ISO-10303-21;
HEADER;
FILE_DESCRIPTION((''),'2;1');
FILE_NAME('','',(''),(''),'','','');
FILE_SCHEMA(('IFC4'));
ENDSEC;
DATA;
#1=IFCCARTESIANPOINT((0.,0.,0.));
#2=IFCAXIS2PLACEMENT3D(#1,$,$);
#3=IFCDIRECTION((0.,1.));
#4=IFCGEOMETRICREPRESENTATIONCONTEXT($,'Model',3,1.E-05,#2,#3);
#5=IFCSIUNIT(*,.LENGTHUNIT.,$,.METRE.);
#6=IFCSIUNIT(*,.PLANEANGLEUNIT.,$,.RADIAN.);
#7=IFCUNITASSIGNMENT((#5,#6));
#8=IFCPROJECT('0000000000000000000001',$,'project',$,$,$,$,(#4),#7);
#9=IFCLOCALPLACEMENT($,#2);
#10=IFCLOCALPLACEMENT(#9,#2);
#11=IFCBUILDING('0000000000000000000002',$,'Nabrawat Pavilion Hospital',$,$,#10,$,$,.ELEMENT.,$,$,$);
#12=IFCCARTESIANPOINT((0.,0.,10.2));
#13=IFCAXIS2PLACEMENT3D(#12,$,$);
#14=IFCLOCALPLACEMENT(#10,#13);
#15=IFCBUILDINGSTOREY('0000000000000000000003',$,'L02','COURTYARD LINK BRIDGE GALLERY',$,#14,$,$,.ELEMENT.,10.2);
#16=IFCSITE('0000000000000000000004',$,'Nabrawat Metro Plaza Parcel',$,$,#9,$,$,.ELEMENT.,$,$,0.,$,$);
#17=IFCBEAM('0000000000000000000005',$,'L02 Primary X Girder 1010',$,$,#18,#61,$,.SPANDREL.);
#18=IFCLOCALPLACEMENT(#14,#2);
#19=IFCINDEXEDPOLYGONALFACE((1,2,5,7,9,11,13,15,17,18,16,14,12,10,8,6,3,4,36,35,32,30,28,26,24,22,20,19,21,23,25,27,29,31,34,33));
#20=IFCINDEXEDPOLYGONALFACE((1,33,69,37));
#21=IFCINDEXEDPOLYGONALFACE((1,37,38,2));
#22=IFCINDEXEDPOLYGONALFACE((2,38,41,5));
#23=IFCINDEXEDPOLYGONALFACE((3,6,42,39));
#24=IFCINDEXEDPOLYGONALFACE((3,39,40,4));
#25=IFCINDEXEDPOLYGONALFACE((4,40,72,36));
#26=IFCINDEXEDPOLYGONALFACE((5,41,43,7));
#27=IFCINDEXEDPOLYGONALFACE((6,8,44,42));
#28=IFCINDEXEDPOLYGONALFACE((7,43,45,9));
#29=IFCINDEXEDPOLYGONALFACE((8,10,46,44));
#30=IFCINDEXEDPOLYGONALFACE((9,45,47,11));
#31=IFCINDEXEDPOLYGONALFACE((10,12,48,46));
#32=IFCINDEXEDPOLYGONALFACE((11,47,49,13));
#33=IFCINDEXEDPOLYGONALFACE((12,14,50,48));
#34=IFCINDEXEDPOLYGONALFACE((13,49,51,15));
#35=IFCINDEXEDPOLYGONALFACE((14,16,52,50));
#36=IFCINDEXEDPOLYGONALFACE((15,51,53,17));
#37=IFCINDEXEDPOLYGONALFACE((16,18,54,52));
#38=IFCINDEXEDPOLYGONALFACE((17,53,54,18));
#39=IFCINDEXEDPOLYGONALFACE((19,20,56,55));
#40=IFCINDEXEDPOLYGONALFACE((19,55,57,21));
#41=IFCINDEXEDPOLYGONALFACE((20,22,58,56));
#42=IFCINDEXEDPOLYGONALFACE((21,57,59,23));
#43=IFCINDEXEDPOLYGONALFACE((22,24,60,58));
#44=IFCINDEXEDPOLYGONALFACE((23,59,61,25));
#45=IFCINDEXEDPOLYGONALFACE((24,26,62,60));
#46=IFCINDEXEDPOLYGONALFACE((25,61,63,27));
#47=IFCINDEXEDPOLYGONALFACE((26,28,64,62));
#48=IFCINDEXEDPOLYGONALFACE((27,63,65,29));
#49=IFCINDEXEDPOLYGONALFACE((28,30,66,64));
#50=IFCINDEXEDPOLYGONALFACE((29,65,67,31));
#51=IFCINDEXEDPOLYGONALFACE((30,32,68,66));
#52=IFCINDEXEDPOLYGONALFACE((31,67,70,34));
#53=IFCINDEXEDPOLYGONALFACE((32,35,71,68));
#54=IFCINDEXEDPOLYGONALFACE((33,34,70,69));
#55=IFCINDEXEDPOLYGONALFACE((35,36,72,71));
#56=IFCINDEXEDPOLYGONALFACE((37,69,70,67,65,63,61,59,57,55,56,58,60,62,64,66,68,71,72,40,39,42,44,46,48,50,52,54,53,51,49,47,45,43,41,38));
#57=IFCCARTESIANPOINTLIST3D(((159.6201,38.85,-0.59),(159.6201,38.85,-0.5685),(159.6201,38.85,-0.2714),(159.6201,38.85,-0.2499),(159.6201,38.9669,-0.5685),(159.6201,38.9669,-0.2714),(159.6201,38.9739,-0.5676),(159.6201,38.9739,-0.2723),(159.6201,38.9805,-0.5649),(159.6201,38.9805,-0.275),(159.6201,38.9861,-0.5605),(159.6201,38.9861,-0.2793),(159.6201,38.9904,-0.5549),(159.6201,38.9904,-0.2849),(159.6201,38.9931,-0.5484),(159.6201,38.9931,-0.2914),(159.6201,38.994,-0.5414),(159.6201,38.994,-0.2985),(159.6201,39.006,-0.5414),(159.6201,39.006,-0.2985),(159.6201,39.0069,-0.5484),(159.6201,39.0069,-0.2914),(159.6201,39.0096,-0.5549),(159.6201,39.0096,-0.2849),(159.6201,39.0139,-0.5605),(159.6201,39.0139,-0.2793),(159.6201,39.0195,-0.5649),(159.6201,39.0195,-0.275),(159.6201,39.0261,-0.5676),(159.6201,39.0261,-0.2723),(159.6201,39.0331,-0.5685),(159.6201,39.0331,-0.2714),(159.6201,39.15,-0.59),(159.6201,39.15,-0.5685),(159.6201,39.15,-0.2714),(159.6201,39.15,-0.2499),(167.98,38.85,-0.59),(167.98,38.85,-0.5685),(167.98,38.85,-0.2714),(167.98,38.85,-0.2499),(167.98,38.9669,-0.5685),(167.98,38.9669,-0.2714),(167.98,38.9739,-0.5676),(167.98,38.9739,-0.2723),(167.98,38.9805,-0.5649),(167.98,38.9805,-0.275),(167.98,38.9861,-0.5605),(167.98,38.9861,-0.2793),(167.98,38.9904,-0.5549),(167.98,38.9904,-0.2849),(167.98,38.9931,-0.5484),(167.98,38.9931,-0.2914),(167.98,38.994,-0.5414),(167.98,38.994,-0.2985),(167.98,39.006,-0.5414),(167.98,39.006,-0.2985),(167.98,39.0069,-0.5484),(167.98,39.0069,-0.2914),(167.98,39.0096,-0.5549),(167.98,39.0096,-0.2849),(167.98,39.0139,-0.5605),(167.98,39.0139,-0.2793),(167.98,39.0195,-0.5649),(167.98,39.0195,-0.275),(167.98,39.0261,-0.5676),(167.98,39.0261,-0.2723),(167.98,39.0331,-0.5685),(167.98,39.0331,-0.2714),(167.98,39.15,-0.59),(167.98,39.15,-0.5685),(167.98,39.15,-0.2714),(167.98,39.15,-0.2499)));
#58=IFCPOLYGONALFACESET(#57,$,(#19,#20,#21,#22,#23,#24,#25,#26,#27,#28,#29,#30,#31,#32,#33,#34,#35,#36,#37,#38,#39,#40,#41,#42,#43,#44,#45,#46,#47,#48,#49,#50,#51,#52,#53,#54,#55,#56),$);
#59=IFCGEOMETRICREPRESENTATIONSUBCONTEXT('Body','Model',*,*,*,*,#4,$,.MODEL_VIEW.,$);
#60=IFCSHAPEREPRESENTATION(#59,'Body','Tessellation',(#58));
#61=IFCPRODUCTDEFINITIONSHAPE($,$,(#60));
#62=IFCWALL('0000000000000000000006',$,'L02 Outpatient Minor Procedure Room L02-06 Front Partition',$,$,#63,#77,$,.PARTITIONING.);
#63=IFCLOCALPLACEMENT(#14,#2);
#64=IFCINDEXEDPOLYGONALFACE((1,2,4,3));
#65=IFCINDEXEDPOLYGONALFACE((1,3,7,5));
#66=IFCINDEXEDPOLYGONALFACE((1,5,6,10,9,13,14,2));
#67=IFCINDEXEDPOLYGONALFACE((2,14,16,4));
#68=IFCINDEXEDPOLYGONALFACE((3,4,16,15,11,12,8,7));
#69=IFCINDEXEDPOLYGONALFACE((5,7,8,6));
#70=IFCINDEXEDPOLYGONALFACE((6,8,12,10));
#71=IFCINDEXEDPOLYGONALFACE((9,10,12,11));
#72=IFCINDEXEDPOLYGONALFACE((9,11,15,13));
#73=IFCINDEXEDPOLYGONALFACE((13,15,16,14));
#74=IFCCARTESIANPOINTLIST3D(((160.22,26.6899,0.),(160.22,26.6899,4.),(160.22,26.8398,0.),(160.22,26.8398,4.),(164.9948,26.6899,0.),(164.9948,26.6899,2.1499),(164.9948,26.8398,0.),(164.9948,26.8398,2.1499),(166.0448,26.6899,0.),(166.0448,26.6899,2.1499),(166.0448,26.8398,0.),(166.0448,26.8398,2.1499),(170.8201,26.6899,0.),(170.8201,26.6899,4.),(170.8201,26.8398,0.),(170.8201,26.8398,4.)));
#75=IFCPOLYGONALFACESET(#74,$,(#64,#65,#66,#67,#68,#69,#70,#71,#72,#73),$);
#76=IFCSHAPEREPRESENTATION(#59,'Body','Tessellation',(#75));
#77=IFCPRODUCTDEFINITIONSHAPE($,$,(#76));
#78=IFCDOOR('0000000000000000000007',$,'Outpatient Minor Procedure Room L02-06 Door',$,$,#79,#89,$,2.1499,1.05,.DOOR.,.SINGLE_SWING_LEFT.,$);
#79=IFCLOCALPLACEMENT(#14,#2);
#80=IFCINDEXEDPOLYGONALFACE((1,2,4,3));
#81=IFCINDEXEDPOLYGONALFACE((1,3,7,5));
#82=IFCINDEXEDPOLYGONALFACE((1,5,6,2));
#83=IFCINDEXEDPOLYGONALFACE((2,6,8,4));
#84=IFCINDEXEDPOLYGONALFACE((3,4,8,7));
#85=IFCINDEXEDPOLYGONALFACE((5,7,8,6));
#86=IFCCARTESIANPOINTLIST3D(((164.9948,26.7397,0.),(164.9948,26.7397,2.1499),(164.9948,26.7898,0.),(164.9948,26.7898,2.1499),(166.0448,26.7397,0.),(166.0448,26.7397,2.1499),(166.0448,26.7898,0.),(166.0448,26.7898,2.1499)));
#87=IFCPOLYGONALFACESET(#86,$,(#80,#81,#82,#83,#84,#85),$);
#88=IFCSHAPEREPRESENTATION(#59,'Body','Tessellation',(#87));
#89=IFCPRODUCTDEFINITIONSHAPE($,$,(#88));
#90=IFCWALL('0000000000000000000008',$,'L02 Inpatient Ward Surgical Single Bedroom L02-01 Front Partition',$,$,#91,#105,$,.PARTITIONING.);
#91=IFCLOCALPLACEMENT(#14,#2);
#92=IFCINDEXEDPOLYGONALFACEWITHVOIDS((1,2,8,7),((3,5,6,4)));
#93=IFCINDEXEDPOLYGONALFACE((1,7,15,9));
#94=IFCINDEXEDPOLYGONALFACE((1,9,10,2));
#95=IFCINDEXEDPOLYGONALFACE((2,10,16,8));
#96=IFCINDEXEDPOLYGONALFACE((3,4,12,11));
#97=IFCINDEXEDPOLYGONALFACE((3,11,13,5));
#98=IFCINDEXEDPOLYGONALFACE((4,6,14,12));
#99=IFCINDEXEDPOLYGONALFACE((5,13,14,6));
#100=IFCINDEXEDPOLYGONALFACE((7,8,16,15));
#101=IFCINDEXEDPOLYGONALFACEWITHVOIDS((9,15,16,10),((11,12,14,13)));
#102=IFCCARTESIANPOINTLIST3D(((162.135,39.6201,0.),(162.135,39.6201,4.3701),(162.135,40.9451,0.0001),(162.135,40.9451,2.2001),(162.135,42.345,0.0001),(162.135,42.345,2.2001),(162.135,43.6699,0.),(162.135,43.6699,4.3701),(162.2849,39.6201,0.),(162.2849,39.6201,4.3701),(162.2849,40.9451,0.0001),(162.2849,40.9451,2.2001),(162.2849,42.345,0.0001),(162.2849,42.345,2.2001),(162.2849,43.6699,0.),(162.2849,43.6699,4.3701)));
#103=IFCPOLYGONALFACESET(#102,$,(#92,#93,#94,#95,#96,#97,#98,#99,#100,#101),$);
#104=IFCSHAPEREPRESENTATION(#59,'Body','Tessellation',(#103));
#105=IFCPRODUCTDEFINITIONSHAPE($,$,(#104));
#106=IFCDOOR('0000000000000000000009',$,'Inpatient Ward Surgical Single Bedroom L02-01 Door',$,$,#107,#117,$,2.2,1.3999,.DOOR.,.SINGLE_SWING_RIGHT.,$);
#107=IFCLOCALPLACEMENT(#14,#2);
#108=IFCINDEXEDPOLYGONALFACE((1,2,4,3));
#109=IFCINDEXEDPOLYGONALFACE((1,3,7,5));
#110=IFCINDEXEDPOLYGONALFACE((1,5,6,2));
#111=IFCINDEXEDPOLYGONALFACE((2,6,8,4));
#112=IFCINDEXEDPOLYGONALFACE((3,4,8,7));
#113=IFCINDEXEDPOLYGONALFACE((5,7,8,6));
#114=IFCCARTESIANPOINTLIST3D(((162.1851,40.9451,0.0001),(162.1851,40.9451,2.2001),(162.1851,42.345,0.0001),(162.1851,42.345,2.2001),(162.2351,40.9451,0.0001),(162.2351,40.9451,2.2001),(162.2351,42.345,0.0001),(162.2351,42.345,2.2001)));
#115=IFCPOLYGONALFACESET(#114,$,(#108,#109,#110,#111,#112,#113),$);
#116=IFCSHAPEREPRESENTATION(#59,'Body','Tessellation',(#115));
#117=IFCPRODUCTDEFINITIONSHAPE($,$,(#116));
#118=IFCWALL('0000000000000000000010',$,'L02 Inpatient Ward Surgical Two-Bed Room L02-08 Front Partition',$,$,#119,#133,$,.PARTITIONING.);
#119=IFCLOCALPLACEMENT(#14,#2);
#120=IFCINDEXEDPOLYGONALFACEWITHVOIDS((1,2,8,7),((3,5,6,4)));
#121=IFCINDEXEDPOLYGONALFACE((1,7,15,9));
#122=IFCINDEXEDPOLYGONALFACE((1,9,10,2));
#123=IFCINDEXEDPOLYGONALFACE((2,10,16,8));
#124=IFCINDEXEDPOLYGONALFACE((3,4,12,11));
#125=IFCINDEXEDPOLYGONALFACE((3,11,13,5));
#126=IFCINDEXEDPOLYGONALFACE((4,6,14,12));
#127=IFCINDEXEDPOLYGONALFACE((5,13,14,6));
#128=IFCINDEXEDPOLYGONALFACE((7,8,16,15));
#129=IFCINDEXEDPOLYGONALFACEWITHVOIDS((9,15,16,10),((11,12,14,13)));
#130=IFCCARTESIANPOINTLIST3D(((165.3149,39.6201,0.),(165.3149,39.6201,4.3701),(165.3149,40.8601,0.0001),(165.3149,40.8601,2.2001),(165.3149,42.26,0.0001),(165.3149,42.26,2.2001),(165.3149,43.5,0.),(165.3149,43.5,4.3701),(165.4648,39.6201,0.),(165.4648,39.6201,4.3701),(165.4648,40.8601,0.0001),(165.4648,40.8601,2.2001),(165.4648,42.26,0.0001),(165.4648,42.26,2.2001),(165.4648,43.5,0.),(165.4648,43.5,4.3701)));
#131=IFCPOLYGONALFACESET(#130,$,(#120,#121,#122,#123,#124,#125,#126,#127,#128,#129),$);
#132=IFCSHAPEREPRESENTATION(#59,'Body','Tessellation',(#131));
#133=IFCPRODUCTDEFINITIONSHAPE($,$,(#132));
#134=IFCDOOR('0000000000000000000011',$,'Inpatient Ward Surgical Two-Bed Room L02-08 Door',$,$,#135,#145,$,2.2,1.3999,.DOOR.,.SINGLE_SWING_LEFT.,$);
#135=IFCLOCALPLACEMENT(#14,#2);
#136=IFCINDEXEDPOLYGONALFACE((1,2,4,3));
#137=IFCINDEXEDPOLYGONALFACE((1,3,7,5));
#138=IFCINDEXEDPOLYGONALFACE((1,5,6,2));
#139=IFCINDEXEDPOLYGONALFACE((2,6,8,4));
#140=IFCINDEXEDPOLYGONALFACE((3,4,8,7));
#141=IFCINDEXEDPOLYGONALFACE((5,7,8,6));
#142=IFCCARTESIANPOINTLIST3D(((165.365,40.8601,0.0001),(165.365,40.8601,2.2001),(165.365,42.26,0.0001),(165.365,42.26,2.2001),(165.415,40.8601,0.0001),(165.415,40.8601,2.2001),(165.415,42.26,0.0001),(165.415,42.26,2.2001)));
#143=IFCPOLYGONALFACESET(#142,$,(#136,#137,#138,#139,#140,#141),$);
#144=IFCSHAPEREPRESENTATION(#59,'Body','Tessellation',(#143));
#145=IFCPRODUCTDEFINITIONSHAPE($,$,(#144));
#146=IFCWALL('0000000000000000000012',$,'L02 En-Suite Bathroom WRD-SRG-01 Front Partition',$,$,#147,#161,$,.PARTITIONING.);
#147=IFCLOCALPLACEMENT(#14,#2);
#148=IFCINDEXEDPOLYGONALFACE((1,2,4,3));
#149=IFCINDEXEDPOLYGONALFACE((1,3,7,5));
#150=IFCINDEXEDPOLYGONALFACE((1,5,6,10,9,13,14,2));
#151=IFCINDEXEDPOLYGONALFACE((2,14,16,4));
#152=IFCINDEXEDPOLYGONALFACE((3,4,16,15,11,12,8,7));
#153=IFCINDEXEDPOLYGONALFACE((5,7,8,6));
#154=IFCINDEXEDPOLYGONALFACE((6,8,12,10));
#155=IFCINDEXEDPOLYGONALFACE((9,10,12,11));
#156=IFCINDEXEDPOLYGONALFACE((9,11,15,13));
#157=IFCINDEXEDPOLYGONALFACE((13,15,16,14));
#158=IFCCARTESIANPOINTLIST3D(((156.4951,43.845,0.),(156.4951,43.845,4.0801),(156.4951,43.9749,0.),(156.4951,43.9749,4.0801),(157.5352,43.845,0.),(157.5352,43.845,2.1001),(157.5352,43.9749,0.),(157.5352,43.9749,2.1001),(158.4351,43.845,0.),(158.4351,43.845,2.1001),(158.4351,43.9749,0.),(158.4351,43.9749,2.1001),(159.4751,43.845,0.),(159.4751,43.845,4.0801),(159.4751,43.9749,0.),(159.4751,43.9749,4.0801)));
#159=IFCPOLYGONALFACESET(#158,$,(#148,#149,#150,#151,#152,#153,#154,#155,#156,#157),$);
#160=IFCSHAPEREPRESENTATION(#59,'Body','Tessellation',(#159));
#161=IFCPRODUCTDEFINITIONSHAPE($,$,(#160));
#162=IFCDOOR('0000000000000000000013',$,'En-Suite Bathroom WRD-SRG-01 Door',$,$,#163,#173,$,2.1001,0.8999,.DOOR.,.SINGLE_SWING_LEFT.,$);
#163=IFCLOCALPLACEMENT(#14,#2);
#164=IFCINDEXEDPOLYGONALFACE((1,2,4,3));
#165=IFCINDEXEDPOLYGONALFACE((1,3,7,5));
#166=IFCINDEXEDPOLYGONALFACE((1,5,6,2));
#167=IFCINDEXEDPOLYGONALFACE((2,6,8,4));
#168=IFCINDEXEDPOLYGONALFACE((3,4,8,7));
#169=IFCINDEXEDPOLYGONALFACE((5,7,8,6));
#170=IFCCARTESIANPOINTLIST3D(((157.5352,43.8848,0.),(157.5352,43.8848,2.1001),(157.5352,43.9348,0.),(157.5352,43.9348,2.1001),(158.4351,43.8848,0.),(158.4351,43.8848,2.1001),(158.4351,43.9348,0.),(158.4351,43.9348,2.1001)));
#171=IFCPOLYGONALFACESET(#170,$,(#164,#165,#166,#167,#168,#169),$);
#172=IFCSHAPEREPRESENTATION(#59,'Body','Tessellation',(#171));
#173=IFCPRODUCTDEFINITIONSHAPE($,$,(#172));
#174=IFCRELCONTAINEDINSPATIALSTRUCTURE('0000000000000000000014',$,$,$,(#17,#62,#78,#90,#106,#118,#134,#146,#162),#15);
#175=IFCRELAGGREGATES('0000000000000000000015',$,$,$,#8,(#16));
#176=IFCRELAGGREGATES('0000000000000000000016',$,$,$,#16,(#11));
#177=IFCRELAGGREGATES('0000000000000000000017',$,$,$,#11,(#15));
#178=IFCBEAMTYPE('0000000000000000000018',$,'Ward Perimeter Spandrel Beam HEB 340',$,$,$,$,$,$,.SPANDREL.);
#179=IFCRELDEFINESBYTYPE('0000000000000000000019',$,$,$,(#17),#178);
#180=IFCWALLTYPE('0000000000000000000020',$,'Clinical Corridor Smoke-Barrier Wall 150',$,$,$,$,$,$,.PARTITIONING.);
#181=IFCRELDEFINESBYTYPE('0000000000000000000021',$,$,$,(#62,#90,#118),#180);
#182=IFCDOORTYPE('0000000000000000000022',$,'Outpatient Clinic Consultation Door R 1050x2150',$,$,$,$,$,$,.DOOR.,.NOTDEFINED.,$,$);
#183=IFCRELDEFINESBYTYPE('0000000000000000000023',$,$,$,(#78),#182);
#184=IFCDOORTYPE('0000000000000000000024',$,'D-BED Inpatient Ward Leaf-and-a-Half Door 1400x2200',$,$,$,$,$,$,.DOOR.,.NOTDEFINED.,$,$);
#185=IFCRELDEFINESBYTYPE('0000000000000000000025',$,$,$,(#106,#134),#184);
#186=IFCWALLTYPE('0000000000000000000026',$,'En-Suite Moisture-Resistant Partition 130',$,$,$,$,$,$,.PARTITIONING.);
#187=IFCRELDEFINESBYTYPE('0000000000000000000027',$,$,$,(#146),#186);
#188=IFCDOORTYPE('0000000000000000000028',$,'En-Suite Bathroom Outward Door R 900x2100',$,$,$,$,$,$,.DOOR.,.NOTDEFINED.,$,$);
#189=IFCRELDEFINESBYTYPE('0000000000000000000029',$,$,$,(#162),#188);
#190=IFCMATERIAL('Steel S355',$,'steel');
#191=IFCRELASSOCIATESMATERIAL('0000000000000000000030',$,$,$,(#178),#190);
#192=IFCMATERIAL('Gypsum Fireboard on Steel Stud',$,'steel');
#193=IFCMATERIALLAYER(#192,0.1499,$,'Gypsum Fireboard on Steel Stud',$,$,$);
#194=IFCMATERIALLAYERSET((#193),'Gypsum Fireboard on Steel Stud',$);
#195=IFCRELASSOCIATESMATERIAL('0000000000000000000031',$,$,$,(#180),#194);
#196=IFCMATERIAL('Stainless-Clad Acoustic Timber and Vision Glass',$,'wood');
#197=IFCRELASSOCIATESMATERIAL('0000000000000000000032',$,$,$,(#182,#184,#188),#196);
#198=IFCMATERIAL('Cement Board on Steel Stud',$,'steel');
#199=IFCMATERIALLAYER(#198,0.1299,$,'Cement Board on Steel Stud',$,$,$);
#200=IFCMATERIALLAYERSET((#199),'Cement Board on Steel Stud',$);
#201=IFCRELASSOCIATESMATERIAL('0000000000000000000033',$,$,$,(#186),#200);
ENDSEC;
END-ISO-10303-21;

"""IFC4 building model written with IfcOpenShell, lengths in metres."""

from ifc_helpers import new_model, si_unit, direction, frame, frame_2d, origin, origin_2d, place, context, subcontext, project, spatial, rectangle, i_section, extrude, material, layer, layer_set, material_profile, profile_set, type_object, element, fill, save


model = new_model("IFC4")

# Units and contexts
model_context = context("Model", 3, precision=1e-05, world=origin(), true_north=direction((0.0, 1.0)))
body_context = subcontext(model_context, "Body", "Model", "MODEL_VIEW")
ifc_project = project(units=[si_unit("LENGTHUNIT", "METRE"), si_unit("PLANEANGLEUNIT", "RADIAN")], contexts=[model_context])

# Site, building, storey
site_placement = place(None, origin())
site = spatial("IfcSite", under=ifc_project, at=site_placement, Name="Nabrawat Metro Plaza Parcel", CompositionType="ELEMENT", RefElevation=0.0)
building_placement = place(site_placement, origin())
building = spatial("IfcBuilding", under=site, at=building_placement, Name="Nabrawat Pavilion Hospital", CompositionType="ELEMENT")
storey_placement = place(building_placement, frame((0.0, 0.0, 10.2)))
storey = spatial("IfcBuildingStorey", under=building, at=storey_placement, Name="L02", Description="COURTYARD LINK BRIDGE GALLERY", CompositionType="ELEMENT", Elevation=10.2)

# Shared definitions
ifc_material_1 = material(Name="Steel S355", Category="steel")

# Beam
ifc_material_profile_1 = material_profile(ifc_material_1, i_section(OverallWidth=0.3, OverallDepth=0.3401, WebThickness=0.012, FlangeThickness=0.0215, FilletRadius=0.0271, at=origin_2d()), Name="HEB 340")
ifc_profile_set_1 = profile_set([ifc_material_profile_1], Name="Steel S355")
beam_type_1 = type_object("IfcBeamType", Name="Ward Perimeter Spandrel Beam HEB 340", PredefinedType="SPANDREL", material=ifc_profile_set_1)
beam_1_placement = place(storey_placement, frame((159.6201, 39.0, -0.4199), z_axis=(1.0, 0.0, 0.0), x_axis=(0.0, 1.0, 0.0)))
element("IfcBeam", 1, at=beam_1_placement, inside=storey, type_object=beam_type_1, Name="L02 Primary X Girder 1010", PredefinedType="SPANDREL", context=body_context, shape_type="SweptSolid", body=[
    extrude(i_section(OverallWidth=0.3, OverallDepth=0.3401, WebThickness=0.012, FlangeThickness=0.0215, FilletRadius=0.0271, at=origin_2d()), origin(), (0.0, 0.0, 1.0), 8.3599),
])

# Walls, openings, doors
ifc_material_2 = material(Name="Gypsum Fireboard on Steel Stud", Category="steel")
ifc_layer_1 = layer(ifc_material_2, 0.1499, Name="Gypsum Fireboard on Steel Stud")
ifc_layer_set_1 = layer_set([ifc_layer_1], Name="Gypsum Fireboard on Steel Stud")
wall_type_1 = type_object("IfcWallType", Name="Clinical Corridor Smoke-Barrier Wall 150", PredefinedType="PARTITIONING", material=ifc_layer_set_1)
wall_1_placement = place(storey_placement, frame((160.22, 26.7649, 0.0), z_axis=(0.0, 0.0, 1.0), x_axis=(1.0, 0.0, 0.0)))
wall_1 = element("IfcWall", 2, at=wall_1_placement, inside=storey, type_object=wall_type_1, Name="L02 Outpatient Minor Procedure Room L02-06 Front Partition", PredefinedType="PARTITIONING", context=body_context, shape_type="SweptSolid", body=[
    extrude(rectangle(XDim=10.6001, YDim=0.1499, at=frame_2d((5.3, 0.0))), origin(), (0.0, 0.0, 1.0), 4.0),
])
opening_1_placement = place(wall_1_placement, frame((4.7749, 0.0, 0.0)))
opening_1 = element("IfcOpeningElement", 3, at=opening_1_placement, cuts=wall_1, PredefinedType="OPENING", context=body_context, shape_type="SweptSolid", body=[
    extrude(rectangle(XDim=1.05, YDim=2.1499, at=frame_2d((0.5249, 1.075))), frame((0.0, 0.085, 0.0), z_axis=(0.0, -1.0, 0.0), x_axis=(1.0, 0.0, 0.0)), (0.0, 0.0, 1.0), 0.1699),
])
ifc_material_3 = material(Name="Stainless-Clad Acoustic Timber and Vision Glass", Category="wood")
door_type_1 = type_object("IfcDoorType", Name="Outpatient Clinic Consultation Door R 1050x2150", OperationType="NOTDEFINED", PredefinedType="DOOR", material=ifc_material_3)
door_1_placement = place(opening_1_placement, origin())
door_1 = element("IfcDoor", 4, at=door_1_placement, inside=storey, type_object=door_type_1, Name="Outpatient Minor Procedure Room L02-06 Door", OperationType="SINGLE_SWING_LEFT", OverallHeight=2.1499, OverallWidth=1.05, PredefinedType="DOOR", context=body_context, shape_type="SweptSolid", body=[
    extrude(rectangle(XDim=1.05, YDim=2.1499, at=frame_2d((0.5249, 1.075))), frame((0.0, 0.0249, 0.0), z_axis=(0.0, -1.0, 0.0), x_axis=(1.0, 0.0, 0.0)), (0.0, 0.0, 1.0), 0.05),
])
fill(opening_1, door_1)
wall_2_placement = place(storey_placement, frame((162.21, 39.6201, 0.0), z_axis=(0.0, 0.0, 1.0), x_axis=(0.0, 1.0, 0.0)))
wall_2 = element("IfcWall", 5, at=wall_2_placement, inside=storey, type_object=wall_type_1, Name="L02 Inpatient Ward Surgical Single Bedroom L02-01 Front Partition", PredefinedType="PARTITIONING", context=body_context, shape_type="SweptSolid", body=[
    extrude(rectangle(XDim=4.0498, YDim=0.1499, at=frame_2d((2.0249, 0.0))), origin(), (0.0, 0.0, 1.0), 4.3701),
])
opening_2_placement = place(wall_2_placement, frame((1.325, 0.0, 0.0)))
opening_2 = element("IfcOpeningElement", 6, at=opening_2_placement, cuts=wall_2, PredefinedType="OPENING", context=body_context, shape_type="SweptSolid", body=[
    extrude(rectangle(XDim=1.3999, YDim=2.2, at=frame_2d((0.7, 1.1001))), frame((0.0, 0.085, 0.0), z_axis=(0.0, -1.0, 0.0), x_axis=(1.0, 0.0, 0.0)), (0.0, 0.0, 1.0), 0.1699),
])
door_type_2 = type_object("IfcDoorType", Name="D-BED Inpatient Ward Leaf-and-a-Half Door 1400x2200", OperationType="NOTDEFINED", PredefinedType="DOOR", material=ifc_material_3)
door_2_placement = place(opening_2_placement, origin())
door_2 = element("IfcDoor", 7, at=door_2_placement, inside=storey, type_object=door_type_2, Name="Inpatient Ward Surgical Single Bedroom L02-01 Door", OperationType="SINGLE_SWING_RIGHT", OverallHeight=2.2, OverallWidth=1.3999, PredefinedType="DOOR", context=body_context, shape_type="SweptSolid", body=[
    extrude(rectangle(XDim=1.3999, YDim=2.2, at=frame_2d((0.7, 1.1001))), frame((0.0, 0.0249, 0.0), z_axis=(0.0, -1.0, 0.0), x_axis=(1.0, 0.0, 0.0)), (0.0, 0.0, 1.0), 0.05),
])
fill(opening_2, door_2)
wall_3_placement = place(storey_placement, frame((165.3899, 39.6201, 0.0), z_axis=(0.0, 0.0, 1.0), x_axis=(0.0, 1.0, 0.0)))
wall_3 = element("IfcWall", 8, at=wall_3_placement, inside=storey, type_object=wall_type_1, Name="L02 Inpatient Ward Surgical Two-Bed Room L02-08 Front Partition", PredefinedType="PARTITIONING", context=body_context, shape_type="SweptSolid", body=[
    extrude(rectangle(XDim=3.8799, YDim=0.1499, at=frame_2d((1.9399, 0.0))), origin(), (0.0, 0.0, 1.0), 4.3701),
])
opening_3_placement = place(wall_3_placement, frame((1.24, 0.0, 0.0)))
opening_3 = element("IfcOpeningElement", 9, at=opening_3_placement, cuts=wall_3, PredefinedType="OPENING", context=body_context, shape_type="SweptSolid", body=[
    extrude(rectangle(XDim=1.3999, YDim=2.2, at=frame_2d((0.7, 1.1001))), frame((0.0, 0.085, 0.0), z_axis=(0.0, -1.0, 0.0), x_axis=(1.0, 0.0, 0.0)), (0.0, 0.0, 1.0), 0.1699),
])
door_3_placement = place(opening_3_placement, origin())
door_3 = element("IfcDoor", 10, at=door_3_placement, inside=storey, type_object=door_type_2, Name="Inpatient Ward Surgical Two-Bed Room L02-08 Door", OperationType="SINGLE_SWING_LEFT", OverallHeight=2.2, OverallWidth=1.3999, PredefinedType="DOOR", context=body_context, shape_type="SweptSolid", body=[
    extrude(rectangle(XDim=1.3999, YDim=2.2, at=frame_2d((0.7, 1.1001))), frame((0.0, 0.0249, 0.0), z_axis=(0.0, -1.0, 0.0), x_axis=(1.0, 0.0, 0.0)), (0.0, 0.0, 1.0), 0.05),
])
fill(opening_3, door_3)
ifc_material_4 = material(Name="Cement Board on Steel Stud", Category="steel")
ifc_layer_2 = layer(ifc_material_4, 0.1299, Name="Cement Board on Steel Stud")
ifc_layer_set_2 = layer_set([ifc_layer_2], Name="Cement Board on Steel Stud")
wall_type_2 = type_object("IfcWallType", Name="En-Suite Moisture-Resistant Partition 130", PredefinedType="PARTITIONING", material=ifc_layer_set_2)
wall_4_placement = place(storey_placement, frame((156.4951, 43.9099, 0.0), z_axis=(0.0, 0.0, 1.0), x_axis=(1.0, 0.0, 0.0)))
wall_4 = element("IfcWall", 11, at=wall_4_placement, inside=storey, type_object=wall_type_2, Name="L02 En-Suite Bathroom WRD-SRG-01 Front Partition", PredefinedType="PARTITIONING", context=body_context, shape_type="SweptSolid", body=[
    extrude(rectangle(XDim=2.98, YDim=0.1299, at=frame_2d((1.49, 0.0))), origin(), (0.0, 0.0, 1.0), 4.0801),
])
opening_4_placement = place(wall_4_placement, frame((1.04, 0.0, 0.0)))
opening_4 = element("IfcOpeningElement", 12, at=opening_4_placement, cuts=wall_4, PredefinedType="OPENING", context=body_context, shape_type="SweptSolid", body=[
    extrude(rectangle(XDim=0.8999, YDim=2.1001, at=frame_2d((0.45, 1.05))), frame((0.0, 0.075, 0.0), z_axis=(0.0, -1.0, 0.0), x_axis=(1.0, 0.0, 0.0)), (0.0, 0.0, 1.0), 0.1499),
])
door_type_3 = type_object("IfcDoorType", Name="En-Suite Bathroom Outward Door R 900x2100", OperationType="NOTDEFINED", PredefinedType="DOOR", material=ifc_material_3)
door_4_placement = place(opening_4_placement, origin())
door_4 = element("IfcDoor", 13, at=door_4_placement, inside=storey, type_object=door_type_3, Name="En-Suite Bathroom WRD-SRG-01 Door", OperationType="SINGLE_SWING_LEFT", OverallHeight=2.1001, OverallWidth=0.8999, PredefinedType="DOOR", context=body_context, shape_type="SweptSolid", body=[
    extrude(rectangle(XDim=0.8999, YDim=2.1001, at=frame_2d((0.45, 1.05))), frame((0.0, 0.0249, 0.0), z_axis=(0.0, -1.0, 0.0), x_axis=(1.0, 0.0, 0.0)), (0.0, 0.0, 1.0), 0.05),
])
fill(opening_4, door_4)

save(model, "model.ifc")
